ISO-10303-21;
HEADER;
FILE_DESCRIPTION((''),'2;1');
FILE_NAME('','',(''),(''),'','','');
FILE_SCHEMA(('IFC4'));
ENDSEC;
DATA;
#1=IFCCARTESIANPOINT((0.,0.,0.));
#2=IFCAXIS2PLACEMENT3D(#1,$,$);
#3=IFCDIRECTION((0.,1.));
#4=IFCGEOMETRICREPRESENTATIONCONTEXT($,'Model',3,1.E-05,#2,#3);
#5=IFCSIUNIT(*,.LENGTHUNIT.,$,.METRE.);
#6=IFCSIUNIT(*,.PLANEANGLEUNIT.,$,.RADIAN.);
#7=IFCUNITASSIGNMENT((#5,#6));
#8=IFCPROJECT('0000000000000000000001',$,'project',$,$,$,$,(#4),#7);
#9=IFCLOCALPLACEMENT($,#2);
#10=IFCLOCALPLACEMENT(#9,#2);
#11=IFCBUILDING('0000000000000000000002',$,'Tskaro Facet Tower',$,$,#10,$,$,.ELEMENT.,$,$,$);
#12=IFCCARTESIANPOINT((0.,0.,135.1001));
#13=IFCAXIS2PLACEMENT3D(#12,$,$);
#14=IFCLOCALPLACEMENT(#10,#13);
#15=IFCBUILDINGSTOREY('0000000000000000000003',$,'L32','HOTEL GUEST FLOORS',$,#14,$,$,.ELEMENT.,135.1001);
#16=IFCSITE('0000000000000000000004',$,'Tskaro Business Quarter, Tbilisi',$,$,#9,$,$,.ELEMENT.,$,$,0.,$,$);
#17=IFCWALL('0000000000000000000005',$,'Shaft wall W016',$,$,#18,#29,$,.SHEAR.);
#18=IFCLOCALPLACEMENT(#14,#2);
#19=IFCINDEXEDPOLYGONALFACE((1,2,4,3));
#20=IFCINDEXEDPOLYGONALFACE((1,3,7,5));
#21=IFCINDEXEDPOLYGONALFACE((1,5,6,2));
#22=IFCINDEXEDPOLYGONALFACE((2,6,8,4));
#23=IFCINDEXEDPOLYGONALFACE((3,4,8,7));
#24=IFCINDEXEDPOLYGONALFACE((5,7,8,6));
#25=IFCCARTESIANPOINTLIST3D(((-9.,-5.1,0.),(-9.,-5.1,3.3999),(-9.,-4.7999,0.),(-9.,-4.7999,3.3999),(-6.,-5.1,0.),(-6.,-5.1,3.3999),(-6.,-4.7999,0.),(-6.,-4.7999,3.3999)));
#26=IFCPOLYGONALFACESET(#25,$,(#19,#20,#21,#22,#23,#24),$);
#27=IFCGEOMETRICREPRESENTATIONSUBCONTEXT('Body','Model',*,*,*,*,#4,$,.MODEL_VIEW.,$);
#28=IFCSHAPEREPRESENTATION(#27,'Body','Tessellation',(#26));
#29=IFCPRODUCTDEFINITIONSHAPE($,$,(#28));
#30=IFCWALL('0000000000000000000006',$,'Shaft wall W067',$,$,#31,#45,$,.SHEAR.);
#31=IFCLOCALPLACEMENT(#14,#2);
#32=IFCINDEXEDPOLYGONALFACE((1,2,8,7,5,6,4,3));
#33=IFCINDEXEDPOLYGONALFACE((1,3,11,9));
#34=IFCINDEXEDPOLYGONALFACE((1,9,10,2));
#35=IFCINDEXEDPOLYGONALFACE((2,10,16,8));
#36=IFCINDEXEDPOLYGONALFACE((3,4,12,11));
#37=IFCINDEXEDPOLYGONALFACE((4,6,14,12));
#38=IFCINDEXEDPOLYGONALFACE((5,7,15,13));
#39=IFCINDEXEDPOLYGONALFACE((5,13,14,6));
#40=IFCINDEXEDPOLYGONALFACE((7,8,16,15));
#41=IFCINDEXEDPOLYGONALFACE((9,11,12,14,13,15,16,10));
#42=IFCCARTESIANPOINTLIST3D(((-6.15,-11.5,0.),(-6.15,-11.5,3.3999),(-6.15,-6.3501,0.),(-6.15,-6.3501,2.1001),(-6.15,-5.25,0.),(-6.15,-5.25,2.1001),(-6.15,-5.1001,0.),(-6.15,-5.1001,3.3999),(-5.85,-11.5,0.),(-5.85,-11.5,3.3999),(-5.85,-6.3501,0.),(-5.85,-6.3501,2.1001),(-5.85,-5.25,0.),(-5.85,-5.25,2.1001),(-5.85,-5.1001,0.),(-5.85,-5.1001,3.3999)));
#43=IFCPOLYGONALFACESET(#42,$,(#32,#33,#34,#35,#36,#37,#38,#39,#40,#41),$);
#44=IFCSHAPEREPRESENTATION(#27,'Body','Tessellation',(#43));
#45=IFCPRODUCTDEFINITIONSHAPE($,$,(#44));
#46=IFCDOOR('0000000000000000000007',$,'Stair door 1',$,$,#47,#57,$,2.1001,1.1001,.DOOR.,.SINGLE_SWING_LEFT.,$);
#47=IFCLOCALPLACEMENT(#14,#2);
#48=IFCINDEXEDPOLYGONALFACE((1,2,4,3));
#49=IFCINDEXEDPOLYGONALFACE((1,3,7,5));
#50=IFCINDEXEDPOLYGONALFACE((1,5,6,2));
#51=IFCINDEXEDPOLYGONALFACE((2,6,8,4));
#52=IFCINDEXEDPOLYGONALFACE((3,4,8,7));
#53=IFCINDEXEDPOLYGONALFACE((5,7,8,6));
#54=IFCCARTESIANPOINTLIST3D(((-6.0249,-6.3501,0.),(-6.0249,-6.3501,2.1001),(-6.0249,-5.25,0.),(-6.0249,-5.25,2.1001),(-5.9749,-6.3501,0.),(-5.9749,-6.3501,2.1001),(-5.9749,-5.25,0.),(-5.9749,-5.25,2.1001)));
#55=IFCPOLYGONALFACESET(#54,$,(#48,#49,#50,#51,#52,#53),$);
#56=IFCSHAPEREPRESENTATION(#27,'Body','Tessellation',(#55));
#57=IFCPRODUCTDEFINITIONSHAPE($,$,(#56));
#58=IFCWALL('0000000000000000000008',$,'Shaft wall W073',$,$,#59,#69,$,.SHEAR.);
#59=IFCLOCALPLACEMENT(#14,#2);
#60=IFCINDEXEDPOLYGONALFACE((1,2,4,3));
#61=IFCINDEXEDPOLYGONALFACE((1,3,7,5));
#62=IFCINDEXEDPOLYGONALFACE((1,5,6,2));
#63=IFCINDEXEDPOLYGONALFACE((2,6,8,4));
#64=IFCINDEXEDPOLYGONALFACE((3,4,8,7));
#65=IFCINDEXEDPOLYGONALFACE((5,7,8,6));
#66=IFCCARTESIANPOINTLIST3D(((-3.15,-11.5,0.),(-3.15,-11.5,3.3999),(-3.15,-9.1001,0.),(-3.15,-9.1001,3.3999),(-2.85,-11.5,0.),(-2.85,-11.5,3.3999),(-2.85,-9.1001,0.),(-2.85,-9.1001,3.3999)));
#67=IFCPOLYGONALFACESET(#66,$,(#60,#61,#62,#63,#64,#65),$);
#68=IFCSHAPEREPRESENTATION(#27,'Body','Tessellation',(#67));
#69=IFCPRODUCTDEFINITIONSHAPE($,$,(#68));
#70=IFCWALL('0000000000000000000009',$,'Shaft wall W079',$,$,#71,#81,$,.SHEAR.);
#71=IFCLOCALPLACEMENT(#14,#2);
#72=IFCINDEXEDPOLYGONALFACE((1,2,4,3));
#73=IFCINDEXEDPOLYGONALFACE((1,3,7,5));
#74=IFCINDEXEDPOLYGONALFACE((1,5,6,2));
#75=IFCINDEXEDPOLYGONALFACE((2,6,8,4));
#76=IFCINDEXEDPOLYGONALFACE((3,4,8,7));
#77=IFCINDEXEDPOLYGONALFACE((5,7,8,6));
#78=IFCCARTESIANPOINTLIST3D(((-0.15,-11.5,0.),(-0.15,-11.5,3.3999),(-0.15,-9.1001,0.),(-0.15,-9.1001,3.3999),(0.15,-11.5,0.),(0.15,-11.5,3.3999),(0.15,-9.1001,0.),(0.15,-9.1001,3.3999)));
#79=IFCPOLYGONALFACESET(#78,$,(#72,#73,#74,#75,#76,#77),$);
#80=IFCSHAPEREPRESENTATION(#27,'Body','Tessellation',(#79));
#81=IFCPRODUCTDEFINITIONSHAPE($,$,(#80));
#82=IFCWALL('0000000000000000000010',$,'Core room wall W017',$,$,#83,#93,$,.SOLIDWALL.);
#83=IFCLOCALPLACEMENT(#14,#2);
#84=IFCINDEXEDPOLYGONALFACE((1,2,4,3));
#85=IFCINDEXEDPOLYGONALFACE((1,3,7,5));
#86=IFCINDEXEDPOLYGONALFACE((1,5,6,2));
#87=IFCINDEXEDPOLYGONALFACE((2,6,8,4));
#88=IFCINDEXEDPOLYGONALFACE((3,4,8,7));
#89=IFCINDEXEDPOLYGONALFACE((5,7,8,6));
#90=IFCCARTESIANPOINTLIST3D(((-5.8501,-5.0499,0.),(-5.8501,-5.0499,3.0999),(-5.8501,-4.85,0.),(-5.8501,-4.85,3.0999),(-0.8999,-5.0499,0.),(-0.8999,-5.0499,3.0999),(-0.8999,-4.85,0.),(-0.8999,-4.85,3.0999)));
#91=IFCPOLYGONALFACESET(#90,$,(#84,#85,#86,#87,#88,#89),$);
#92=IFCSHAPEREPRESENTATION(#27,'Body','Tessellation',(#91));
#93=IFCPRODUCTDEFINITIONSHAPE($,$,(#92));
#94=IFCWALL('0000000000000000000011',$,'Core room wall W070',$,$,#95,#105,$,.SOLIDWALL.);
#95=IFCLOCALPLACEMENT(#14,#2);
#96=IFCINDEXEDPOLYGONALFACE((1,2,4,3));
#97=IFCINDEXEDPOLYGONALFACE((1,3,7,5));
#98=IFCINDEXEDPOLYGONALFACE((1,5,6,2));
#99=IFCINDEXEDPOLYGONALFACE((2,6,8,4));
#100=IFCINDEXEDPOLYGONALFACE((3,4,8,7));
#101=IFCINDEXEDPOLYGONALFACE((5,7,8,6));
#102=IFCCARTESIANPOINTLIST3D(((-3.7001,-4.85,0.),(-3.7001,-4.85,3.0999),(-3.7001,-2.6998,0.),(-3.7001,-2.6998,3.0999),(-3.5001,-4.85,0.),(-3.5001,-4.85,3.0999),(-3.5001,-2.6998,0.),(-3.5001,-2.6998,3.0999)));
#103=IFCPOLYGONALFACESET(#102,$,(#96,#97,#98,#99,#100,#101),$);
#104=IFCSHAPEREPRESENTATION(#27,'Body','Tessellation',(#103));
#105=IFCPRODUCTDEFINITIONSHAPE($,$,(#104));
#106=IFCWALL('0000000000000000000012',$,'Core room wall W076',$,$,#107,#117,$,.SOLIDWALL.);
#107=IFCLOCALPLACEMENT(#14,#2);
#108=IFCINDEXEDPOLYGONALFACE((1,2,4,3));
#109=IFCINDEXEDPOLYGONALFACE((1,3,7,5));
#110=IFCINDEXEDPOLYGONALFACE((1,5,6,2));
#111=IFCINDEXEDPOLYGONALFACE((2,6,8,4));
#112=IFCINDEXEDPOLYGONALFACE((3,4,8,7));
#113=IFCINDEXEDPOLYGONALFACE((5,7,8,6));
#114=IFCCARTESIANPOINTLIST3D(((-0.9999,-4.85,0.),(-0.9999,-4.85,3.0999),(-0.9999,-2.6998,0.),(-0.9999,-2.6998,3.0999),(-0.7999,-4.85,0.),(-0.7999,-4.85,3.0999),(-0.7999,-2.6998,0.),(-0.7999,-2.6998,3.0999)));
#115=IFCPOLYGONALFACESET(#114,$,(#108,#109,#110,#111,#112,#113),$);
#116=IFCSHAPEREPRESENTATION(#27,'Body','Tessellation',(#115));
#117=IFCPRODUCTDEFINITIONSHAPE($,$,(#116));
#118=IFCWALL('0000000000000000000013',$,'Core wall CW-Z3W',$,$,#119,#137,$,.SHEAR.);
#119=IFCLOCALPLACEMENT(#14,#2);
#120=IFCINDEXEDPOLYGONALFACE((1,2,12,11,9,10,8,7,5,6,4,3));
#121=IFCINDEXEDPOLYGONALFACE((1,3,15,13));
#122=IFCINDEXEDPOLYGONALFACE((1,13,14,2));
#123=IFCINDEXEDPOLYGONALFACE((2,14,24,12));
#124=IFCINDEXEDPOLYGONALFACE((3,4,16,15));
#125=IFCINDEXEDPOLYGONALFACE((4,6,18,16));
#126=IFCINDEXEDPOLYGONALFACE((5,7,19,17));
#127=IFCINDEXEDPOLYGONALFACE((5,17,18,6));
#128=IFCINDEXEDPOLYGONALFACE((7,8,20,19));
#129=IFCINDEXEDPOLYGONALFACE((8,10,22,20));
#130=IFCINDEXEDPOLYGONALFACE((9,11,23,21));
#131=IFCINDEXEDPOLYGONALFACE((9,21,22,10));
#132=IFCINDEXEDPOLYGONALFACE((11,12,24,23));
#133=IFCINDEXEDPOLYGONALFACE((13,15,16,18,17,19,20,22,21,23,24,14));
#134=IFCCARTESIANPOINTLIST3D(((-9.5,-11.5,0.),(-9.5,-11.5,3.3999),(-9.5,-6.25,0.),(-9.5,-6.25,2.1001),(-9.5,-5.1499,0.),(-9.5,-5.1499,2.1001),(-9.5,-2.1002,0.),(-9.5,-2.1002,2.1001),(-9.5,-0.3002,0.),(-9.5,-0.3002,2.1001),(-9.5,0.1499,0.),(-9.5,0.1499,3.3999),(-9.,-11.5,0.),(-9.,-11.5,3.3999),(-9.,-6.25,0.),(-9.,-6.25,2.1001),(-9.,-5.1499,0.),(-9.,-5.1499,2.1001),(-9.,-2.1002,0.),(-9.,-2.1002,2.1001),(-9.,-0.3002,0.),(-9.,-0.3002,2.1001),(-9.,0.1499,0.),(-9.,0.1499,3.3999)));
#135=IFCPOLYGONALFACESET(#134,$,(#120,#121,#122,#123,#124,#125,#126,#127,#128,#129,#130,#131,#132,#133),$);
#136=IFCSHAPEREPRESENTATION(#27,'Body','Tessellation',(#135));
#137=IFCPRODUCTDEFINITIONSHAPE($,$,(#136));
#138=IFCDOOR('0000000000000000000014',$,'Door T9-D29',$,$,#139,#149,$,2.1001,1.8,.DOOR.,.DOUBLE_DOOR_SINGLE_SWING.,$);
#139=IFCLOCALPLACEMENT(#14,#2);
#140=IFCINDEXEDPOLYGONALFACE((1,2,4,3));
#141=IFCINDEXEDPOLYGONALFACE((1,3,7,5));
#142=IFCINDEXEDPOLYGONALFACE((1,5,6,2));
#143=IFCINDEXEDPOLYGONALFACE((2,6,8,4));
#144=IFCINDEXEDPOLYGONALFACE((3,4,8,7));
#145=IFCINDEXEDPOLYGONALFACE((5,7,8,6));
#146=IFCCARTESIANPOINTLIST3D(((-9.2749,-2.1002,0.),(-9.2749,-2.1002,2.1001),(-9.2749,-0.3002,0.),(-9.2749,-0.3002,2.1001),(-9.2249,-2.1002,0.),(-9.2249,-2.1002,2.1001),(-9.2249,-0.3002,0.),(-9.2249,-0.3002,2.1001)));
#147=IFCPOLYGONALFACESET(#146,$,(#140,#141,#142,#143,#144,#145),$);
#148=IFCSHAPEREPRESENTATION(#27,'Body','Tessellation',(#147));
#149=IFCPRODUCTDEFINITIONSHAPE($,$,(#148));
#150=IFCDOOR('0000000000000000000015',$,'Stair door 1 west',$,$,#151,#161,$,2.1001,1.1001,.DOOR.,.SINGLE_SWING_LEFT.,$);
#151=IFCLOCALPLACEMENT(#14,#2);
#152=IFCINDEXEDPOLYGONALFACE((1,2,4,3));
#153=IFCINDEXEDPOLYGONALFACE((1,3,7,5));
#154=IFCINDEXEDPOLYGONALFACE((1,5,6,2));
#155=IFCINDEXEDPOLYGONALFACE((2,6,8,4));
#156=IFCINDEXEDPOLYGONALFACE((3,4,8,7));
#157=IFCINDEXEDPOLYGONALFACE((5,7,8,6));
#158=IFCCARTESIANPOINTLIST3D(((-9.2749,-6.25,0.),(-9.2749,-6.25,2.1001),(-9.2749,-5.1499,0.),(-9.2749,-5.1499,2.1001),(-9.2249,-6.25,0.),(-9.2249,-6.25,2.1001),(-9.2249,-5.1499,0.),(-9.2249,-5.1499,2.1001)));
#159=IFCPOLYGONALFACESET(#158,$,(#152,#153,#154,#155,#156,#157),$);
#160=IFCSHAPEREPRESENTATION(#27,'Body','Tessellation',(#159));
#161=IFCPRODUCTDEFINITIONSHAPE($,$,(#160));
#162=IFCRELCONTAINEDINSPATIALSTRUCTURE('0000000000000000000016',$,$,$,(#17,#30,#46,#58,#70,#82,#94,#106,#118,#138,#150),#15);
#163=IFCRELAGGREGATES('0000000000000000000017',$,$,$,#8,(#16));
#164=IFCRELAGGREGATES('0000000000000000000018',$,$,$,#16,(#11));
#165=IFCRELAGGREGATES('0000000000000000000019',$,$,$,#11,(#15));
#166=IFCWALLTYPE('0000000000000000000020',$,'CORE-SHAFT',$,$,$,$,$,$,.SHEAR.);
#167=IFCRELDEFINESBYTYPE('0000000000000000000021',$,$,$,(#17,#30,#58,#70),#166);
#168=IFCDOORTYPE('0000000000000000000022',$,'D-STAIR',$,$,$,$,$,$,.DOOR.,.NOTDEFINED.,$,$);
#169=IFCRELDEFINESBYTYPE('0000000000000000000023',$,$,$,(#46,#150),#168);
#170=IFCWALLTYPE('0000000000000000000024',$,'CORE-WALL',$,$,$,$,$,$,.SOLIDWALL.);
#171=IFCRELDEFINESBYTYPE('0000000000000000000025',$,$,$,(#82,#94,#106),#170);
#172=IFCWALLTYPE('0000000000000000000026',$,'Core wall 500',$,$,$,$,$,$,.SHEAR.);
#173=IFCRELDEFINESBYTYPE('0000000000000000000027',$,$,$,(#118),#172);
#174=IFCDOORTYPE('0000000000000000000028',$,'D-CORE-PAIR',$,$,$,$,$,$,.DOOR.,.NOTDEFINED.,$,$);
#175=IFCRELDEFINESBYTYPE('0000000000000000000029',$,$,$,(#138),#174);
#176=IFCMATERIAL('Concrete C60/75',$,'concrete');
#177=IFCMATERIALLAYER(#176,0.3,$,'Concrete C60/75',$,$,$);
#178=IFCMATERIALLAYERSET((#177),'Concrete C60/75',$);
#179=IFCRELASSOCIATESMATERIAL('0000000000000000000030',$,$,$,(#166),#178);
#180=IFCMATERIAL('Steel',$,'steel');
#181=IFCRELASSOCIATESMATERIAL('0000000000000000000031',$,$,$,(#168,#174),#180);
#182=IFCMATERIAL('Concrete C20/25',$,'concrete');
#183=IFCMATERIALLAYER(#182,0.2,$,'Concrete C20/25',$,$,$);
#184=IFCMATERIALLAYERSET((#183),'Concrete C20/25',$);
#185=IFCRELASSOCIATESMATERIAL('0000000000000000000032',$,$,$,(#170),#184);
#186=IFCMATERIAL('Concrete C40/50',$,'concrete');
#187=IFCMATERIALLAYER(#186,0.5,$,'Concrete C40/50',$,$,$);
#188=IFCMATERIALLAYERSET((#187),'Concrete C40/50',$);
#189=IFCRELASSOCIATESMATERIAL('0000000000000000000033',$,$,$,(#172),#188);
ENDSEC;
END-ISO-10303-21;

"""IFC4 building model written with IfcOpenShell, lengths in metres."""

from ifc_helpers import new_model, si_unit, direction, frame, frame_2d, origin, place, context, subcontext, project, spatial, rectangle, extrude, material, layer, layer_set, type_object, element, fill, save


model = new_model("IFC4")

# Units and contexts
model_context = context("Model", 3, precision=1e-05, world=origin(), true_north=direction((0.0, 1.0)))
body_context = subcontext(model_context, "Body", "Model", "MODEL_VIEW")
ifc_project = project(units=[si_unit("LENGTHUNIT", "METRE"), si_unit("PLANEANGLEUNIT", "RADIAN")], contexts=[model_context])

# Site, building, storey
site_placement = place(None, origin())
site = spatial("IfcSite", under=ifc_project, at=site_placement, Name="Tskaro Business Quarter, Tbilisi", CompositionType="ELEMENT", RefElevation=0.0)
building_placement = place(site_placement, origin())
building = spatial("IfcBuilding", under=site, at=building_placement, Name="Tskaro Facet Tower", CompositionType="ELEMENT")
storey_placement = place(building_placement, frame((0.0, 0.0, 135.1001)))
storey = spatial("IfcBuildingStorey", under=building, at=storey_placement, Name="L32", Description="HOTEL GUEST FLOORS", CompositionType="ELEMENT", Elevation=135.1001)

# Shared definitions
ifc_material_1 = material(Name="Concrete C40/50", Category="concrete")

# Shared definitions
ifc_material_2 = material(Name="Concrete C60/75", Category="concrete")

# Shared definitions
ifc_layer_1 = layer(ifc_material_2, 0.3, Name="Concrete C60/75")
ifc_layer_set_1 = layer_set([ifc_layer_1], Name="Concrete C60/75")
wall_type_1 = type_object("IfcWallType", Name="CORE-SHAFT", PredefinedType="SHEAR", material=ifc_layer_set_1)

# Wall
wall_1_placement = place(storey_placement, frame((-9.0, -4.95, 0.0), z_axis=(0.0, 0.0, 1.0), x_axis=(1.0, 0.0, 0.0)))
element("IfcWall", 1, at=wall_1_placement, inside=storey, type_object=wall_type_1, Name="Shaft wall W016", PredefinedType="SHEAR", context=body_context, shape_type="SweptSolid", body=[
    extrude(rectangle(XDim=3.0, YDim=0.3, at=frame_2d((1.5, 0.0))), origin(), (0.0, 0.0, 1.0), 3.3999),
])

# Wall, opening, door
wall_2_placement = place(storey_placement, frame((-6.0, -11.5, 0.0), z_axis=(0.0, 0.0, 1.0), x_axis=(0.0, 1.0, 0.0)))
wall_2 = element("IfcWall", 2, at=wall_2_placement, inside=storey, type_object=wall_type_1, Name="Shaft wall W067", PredefinedType="SHEAR", context=body_context, shape_type="SweptSolid", body=[
    extrude(rectangle(XDim=6.3999, YDim=0.3, at=frame_2d((3.2, 0.0))), origin(), (0.0, 0.0, 1.0), 3.3999),
])
opening_1_placement = place(wall_2_placement, frame((5.1499, 0.0, 0.0)))
opening_1 = element("IfcOpeningElement", 3, at=opening_1_placement, cuts=wall_2, PredefinedType="OPENING", context=body_context, shape_type="SweptSolid", body=[
    extrude(rectangle(XDim=1.1001, YDim=2.1001, at=frame_2d((0.55, 1.05))), frame((0.0, 0.1599, 0.0), z_axis=(0.0, -1.0, 0.0), x_axis=(1.0, 0.0, 0.0)), (0.0, 0.0, 1.0), 0.3201),
])
ifc_material_3 = material(Name="Steel", Category="steel")
door_type_1 = type_object("IfcDoorType", Name="D-STAIR", OperationType="NOTDEFINED", PredefinedType="DOOR", material=ifc_material_3)
door_1_placement = place(opening_1_placement, origin())
door_1 = element("IfcDoor", 4, at=door_1_placement, inside=storey, type_object=door_type_1, Name="Stair door 1", OperationType="SINGLE_SWING_LEFT", OverallHeight=2.1001, OverallWidth=1.1001, PredefinedType="DOOR", context=body_context, shape_type="SweptSolid", body=[
    extrude(rectangle(XDim=1.1001, YDim=2.1001, at=frame_2d((0.55, 1.05))), frame((0.0, 0.0249, 0.0), z_axis=(0.0, -1.0, 0.0), x_axis=(1.0, 0.0, 0.0)), (0.0, 0.0, 1.0), 0.05),
])
fill(opening_1, door_1)

# Walls
for number, where, z_axis, x_axis, name in (
    (5, (-3.0, -11.5, 0.0), (0.0, 0.0, 1.0), (0.0, 1.0, 0.0), "Shaft wall W073"),
    (6, (0.0, -11.5, 0.0), (0.0, 0.0, 1.0), (0.0, 1.0, 0.0), "Shaft wall W079"),
):
    element("IfcWall", number, at=place(storey_placement, frame(where, z_axis=z_axis, x_axis=x_axis)), inside=storey, type_object=wall_type_1, Name=name, PredefinedType="SHEAR", context=body_context, shape_type="SweptSolid", body=[
        extrude(rectangle(XDim=2.3999, YDim=0.3, at=frame_2d((1.2, 0.0))), origin(), (0.0, 0.0, 1.0), 3.3999),
    ])
ifc_material_4 = material(Name="Concrete C20/25", Category="concrete")
ifc_layer_2 = layer(ifc_material_4, 0.2, Name="Concrete C20/25")
ifc_layer_set_2 = layer_set([ifc_layer_2], Name="Concrete C20/25")
wall_type_2 = type_object("IfcWallType", Name="CORE-WALL", PredefinedType="SOLIDWALL", material=ifc_layer_set_2)
wall_3_placement = place(storey_placement, frame((-5.8501, -4.95, 0.0), z_axis=(0.0, 0.0, 1.0), x_axis=(1.0, 0.0, 0.0)))
element("IfcWall", 7, at=wall_3_placement, inside=storey, type_object=wall_type_2, Name="Core room wall W017", PredefinedType="SOLIDWALL", context=body_context, shape_type="SweptSolid", body=[
    extrude(rectangle(XDim=4.9502, YDim=0.2, at=frame_2d((2.4751, 0.0))), origin(), (0.0, 0.0, 1.0), 3.0999),
])
for number, where, z_axis, x_axis, name in (
    (8, (-3.6001, -4.8501, 0.0), (0.0, 0.0, 1.0), (0.0, 1.0, 0.0), "Core room wall W070"),
    (9, (-0.8999, -4.8501, 0.0), (0.0, 0.0, 1.0), (0.0, 1.0, 0.0), "Core room wall W076"),
):
    element("IfcWall", number, at=place(storey_placement, frame(where, z_axis=z_axis, x_axis=x_axis)), inside=storey, type_object=wall_type_2, Name=name, PredefinedType="SOLIDWALL", context=body_context, shape_type="SweptSolid", body=[
        extrude(rectangle(XDim=2.1501, YDim=0.2, at=frame_2d((1.0752, 0.0))), origin(), (0.0, 0.0, 1.0), 3.0999),
    ])

# Wall, openings, doors
ifc_layer_3 = layer(ifc_material_1, 0.5, Name="Concrete C40/50")
ifc_layer_set_3 = layer_set([ifc_layer_3], Name="Concrete C40/50")
wall_type_3 = type_object("IfcWallType", Name="Core wall 500", PredefinedType="SHEAR", material=ifc_layer_set_3)
wall_4_placement = place(storey_placement, frame((-9.25, -11.5, 0.0), z_axis=(0.0, 0.0, 1.0), x_axis=(0.0, 1.0, 0.0)))
wall_4 = element("IfcWall", 10, at=wall_4_placement, inside=storey, type_object=wall_type_3, Name="Core wall CW-Z3W", PredefinedType="SHEAR", context=body_context, shape_type="SweptSolid", body=[
    extrude(rectangle(XDim=11.6499, YDim=0.5, at=frame_2d((5.825, 0.0))), origin(), (0.0, 0.0, 1.0), 3.3999),
])
opening_2_placement = place(wall_4_placement, frame((9.3999, 0.0, 0.0)))
opening_2 = element("IfcOpeningElement", 11, at=opening_2_placement, cuts=wall_4, PredefinedType="OPENING", context=body_context, shape_type="SweptSolid", body=[
    extrude(rectangle(XDim=1.8, YDim=2.1001, at=frame_2d((0.8999, 1.05))), frame((0.0, 0.26, 0.0), z_axis=(0.0, -1.0, 0.0), x_axis=(1.0, 0.0, 0.0)), (0.0, 0.0, 1.0), 0.52),
])
opening_3_placement = place(wall_4_placement, frame((5.25, 0.0, 0.0)))
opening_3 = element("IfcOpeningElement", 12, at=opening_3_placement, cuts=wall_4, PredefinedType="OPENING", context=body_context, shape_type="SweptSolid", body=[
    extrude(rectangle(XDim=1.1001, YDim=2.1001, at=frame_2d((0.55, 1.05))), frame((0.0, 0.26, 0.0), z_axis=(0.0, -1.0, 0.0), x_axis=(1.0, 0.0, 0.0)), (0.0, 0.0, 1.0), 0.52),
])
door_type_2 = type_object("IfcDoorType", Name="D-CORE-PAIR", OperationType="NOTDEFINED", PredefinedType="DOOR", material=ifc_material_3)
door_2_placement = place(opening_2_placement, origin())
door_2 = element("IfcDoor", 13, at=door_2_placement, inside=storey, type_object=door_type_2, Name="Door T9-D29", OperationType="DOUBLE_DOOR_SINGLE_SWING", OverallHeight=2.1001, OverallWidth=1.8, PredefinedType="DOOR", context=body_context, shape_type="SweptSolid", body=[
    extrude(rectangle(XDim=1.8, YDim=2.1001, at=frame_2d((0.8999, 1.05))), frame((0.0, 0.0249, 0.0), z_axis=(0.0, -1.0, 0.0), x_axis=(1.0, 0.0, 0.0)), (0.0, 0.0, 1.0), 0.05),
])
fill(opening_2, door_2)
door_3_placement = place(opening_3_placement, origin())
door_3 = element("IfcDoor", 14, at=door_3_placement, inside=storey, type_object=door_type_1, Name="Stair door 1 west", OperationType="SINGLE_SWING_LEFT", OverallHeight=2.1001, OverallWidth=1.1001, PredefinedType="DOOR", context=body_context, shape_type="SweptSolid", body=[
    extrude(rectangle(XDim=1.1001, YDim=2.1001, at=frame_2d((0.55, 1.05))), frame((0.0, 0.0249, 0.0), z_axis=(0.0, -1.0, 0.0), x_axis=(1.0, 0.0, 0.0)), (0.0, 0.0, 1.0), 0.05),
])
fill(opening_3, door_3)

save(model, "model.ifc")
